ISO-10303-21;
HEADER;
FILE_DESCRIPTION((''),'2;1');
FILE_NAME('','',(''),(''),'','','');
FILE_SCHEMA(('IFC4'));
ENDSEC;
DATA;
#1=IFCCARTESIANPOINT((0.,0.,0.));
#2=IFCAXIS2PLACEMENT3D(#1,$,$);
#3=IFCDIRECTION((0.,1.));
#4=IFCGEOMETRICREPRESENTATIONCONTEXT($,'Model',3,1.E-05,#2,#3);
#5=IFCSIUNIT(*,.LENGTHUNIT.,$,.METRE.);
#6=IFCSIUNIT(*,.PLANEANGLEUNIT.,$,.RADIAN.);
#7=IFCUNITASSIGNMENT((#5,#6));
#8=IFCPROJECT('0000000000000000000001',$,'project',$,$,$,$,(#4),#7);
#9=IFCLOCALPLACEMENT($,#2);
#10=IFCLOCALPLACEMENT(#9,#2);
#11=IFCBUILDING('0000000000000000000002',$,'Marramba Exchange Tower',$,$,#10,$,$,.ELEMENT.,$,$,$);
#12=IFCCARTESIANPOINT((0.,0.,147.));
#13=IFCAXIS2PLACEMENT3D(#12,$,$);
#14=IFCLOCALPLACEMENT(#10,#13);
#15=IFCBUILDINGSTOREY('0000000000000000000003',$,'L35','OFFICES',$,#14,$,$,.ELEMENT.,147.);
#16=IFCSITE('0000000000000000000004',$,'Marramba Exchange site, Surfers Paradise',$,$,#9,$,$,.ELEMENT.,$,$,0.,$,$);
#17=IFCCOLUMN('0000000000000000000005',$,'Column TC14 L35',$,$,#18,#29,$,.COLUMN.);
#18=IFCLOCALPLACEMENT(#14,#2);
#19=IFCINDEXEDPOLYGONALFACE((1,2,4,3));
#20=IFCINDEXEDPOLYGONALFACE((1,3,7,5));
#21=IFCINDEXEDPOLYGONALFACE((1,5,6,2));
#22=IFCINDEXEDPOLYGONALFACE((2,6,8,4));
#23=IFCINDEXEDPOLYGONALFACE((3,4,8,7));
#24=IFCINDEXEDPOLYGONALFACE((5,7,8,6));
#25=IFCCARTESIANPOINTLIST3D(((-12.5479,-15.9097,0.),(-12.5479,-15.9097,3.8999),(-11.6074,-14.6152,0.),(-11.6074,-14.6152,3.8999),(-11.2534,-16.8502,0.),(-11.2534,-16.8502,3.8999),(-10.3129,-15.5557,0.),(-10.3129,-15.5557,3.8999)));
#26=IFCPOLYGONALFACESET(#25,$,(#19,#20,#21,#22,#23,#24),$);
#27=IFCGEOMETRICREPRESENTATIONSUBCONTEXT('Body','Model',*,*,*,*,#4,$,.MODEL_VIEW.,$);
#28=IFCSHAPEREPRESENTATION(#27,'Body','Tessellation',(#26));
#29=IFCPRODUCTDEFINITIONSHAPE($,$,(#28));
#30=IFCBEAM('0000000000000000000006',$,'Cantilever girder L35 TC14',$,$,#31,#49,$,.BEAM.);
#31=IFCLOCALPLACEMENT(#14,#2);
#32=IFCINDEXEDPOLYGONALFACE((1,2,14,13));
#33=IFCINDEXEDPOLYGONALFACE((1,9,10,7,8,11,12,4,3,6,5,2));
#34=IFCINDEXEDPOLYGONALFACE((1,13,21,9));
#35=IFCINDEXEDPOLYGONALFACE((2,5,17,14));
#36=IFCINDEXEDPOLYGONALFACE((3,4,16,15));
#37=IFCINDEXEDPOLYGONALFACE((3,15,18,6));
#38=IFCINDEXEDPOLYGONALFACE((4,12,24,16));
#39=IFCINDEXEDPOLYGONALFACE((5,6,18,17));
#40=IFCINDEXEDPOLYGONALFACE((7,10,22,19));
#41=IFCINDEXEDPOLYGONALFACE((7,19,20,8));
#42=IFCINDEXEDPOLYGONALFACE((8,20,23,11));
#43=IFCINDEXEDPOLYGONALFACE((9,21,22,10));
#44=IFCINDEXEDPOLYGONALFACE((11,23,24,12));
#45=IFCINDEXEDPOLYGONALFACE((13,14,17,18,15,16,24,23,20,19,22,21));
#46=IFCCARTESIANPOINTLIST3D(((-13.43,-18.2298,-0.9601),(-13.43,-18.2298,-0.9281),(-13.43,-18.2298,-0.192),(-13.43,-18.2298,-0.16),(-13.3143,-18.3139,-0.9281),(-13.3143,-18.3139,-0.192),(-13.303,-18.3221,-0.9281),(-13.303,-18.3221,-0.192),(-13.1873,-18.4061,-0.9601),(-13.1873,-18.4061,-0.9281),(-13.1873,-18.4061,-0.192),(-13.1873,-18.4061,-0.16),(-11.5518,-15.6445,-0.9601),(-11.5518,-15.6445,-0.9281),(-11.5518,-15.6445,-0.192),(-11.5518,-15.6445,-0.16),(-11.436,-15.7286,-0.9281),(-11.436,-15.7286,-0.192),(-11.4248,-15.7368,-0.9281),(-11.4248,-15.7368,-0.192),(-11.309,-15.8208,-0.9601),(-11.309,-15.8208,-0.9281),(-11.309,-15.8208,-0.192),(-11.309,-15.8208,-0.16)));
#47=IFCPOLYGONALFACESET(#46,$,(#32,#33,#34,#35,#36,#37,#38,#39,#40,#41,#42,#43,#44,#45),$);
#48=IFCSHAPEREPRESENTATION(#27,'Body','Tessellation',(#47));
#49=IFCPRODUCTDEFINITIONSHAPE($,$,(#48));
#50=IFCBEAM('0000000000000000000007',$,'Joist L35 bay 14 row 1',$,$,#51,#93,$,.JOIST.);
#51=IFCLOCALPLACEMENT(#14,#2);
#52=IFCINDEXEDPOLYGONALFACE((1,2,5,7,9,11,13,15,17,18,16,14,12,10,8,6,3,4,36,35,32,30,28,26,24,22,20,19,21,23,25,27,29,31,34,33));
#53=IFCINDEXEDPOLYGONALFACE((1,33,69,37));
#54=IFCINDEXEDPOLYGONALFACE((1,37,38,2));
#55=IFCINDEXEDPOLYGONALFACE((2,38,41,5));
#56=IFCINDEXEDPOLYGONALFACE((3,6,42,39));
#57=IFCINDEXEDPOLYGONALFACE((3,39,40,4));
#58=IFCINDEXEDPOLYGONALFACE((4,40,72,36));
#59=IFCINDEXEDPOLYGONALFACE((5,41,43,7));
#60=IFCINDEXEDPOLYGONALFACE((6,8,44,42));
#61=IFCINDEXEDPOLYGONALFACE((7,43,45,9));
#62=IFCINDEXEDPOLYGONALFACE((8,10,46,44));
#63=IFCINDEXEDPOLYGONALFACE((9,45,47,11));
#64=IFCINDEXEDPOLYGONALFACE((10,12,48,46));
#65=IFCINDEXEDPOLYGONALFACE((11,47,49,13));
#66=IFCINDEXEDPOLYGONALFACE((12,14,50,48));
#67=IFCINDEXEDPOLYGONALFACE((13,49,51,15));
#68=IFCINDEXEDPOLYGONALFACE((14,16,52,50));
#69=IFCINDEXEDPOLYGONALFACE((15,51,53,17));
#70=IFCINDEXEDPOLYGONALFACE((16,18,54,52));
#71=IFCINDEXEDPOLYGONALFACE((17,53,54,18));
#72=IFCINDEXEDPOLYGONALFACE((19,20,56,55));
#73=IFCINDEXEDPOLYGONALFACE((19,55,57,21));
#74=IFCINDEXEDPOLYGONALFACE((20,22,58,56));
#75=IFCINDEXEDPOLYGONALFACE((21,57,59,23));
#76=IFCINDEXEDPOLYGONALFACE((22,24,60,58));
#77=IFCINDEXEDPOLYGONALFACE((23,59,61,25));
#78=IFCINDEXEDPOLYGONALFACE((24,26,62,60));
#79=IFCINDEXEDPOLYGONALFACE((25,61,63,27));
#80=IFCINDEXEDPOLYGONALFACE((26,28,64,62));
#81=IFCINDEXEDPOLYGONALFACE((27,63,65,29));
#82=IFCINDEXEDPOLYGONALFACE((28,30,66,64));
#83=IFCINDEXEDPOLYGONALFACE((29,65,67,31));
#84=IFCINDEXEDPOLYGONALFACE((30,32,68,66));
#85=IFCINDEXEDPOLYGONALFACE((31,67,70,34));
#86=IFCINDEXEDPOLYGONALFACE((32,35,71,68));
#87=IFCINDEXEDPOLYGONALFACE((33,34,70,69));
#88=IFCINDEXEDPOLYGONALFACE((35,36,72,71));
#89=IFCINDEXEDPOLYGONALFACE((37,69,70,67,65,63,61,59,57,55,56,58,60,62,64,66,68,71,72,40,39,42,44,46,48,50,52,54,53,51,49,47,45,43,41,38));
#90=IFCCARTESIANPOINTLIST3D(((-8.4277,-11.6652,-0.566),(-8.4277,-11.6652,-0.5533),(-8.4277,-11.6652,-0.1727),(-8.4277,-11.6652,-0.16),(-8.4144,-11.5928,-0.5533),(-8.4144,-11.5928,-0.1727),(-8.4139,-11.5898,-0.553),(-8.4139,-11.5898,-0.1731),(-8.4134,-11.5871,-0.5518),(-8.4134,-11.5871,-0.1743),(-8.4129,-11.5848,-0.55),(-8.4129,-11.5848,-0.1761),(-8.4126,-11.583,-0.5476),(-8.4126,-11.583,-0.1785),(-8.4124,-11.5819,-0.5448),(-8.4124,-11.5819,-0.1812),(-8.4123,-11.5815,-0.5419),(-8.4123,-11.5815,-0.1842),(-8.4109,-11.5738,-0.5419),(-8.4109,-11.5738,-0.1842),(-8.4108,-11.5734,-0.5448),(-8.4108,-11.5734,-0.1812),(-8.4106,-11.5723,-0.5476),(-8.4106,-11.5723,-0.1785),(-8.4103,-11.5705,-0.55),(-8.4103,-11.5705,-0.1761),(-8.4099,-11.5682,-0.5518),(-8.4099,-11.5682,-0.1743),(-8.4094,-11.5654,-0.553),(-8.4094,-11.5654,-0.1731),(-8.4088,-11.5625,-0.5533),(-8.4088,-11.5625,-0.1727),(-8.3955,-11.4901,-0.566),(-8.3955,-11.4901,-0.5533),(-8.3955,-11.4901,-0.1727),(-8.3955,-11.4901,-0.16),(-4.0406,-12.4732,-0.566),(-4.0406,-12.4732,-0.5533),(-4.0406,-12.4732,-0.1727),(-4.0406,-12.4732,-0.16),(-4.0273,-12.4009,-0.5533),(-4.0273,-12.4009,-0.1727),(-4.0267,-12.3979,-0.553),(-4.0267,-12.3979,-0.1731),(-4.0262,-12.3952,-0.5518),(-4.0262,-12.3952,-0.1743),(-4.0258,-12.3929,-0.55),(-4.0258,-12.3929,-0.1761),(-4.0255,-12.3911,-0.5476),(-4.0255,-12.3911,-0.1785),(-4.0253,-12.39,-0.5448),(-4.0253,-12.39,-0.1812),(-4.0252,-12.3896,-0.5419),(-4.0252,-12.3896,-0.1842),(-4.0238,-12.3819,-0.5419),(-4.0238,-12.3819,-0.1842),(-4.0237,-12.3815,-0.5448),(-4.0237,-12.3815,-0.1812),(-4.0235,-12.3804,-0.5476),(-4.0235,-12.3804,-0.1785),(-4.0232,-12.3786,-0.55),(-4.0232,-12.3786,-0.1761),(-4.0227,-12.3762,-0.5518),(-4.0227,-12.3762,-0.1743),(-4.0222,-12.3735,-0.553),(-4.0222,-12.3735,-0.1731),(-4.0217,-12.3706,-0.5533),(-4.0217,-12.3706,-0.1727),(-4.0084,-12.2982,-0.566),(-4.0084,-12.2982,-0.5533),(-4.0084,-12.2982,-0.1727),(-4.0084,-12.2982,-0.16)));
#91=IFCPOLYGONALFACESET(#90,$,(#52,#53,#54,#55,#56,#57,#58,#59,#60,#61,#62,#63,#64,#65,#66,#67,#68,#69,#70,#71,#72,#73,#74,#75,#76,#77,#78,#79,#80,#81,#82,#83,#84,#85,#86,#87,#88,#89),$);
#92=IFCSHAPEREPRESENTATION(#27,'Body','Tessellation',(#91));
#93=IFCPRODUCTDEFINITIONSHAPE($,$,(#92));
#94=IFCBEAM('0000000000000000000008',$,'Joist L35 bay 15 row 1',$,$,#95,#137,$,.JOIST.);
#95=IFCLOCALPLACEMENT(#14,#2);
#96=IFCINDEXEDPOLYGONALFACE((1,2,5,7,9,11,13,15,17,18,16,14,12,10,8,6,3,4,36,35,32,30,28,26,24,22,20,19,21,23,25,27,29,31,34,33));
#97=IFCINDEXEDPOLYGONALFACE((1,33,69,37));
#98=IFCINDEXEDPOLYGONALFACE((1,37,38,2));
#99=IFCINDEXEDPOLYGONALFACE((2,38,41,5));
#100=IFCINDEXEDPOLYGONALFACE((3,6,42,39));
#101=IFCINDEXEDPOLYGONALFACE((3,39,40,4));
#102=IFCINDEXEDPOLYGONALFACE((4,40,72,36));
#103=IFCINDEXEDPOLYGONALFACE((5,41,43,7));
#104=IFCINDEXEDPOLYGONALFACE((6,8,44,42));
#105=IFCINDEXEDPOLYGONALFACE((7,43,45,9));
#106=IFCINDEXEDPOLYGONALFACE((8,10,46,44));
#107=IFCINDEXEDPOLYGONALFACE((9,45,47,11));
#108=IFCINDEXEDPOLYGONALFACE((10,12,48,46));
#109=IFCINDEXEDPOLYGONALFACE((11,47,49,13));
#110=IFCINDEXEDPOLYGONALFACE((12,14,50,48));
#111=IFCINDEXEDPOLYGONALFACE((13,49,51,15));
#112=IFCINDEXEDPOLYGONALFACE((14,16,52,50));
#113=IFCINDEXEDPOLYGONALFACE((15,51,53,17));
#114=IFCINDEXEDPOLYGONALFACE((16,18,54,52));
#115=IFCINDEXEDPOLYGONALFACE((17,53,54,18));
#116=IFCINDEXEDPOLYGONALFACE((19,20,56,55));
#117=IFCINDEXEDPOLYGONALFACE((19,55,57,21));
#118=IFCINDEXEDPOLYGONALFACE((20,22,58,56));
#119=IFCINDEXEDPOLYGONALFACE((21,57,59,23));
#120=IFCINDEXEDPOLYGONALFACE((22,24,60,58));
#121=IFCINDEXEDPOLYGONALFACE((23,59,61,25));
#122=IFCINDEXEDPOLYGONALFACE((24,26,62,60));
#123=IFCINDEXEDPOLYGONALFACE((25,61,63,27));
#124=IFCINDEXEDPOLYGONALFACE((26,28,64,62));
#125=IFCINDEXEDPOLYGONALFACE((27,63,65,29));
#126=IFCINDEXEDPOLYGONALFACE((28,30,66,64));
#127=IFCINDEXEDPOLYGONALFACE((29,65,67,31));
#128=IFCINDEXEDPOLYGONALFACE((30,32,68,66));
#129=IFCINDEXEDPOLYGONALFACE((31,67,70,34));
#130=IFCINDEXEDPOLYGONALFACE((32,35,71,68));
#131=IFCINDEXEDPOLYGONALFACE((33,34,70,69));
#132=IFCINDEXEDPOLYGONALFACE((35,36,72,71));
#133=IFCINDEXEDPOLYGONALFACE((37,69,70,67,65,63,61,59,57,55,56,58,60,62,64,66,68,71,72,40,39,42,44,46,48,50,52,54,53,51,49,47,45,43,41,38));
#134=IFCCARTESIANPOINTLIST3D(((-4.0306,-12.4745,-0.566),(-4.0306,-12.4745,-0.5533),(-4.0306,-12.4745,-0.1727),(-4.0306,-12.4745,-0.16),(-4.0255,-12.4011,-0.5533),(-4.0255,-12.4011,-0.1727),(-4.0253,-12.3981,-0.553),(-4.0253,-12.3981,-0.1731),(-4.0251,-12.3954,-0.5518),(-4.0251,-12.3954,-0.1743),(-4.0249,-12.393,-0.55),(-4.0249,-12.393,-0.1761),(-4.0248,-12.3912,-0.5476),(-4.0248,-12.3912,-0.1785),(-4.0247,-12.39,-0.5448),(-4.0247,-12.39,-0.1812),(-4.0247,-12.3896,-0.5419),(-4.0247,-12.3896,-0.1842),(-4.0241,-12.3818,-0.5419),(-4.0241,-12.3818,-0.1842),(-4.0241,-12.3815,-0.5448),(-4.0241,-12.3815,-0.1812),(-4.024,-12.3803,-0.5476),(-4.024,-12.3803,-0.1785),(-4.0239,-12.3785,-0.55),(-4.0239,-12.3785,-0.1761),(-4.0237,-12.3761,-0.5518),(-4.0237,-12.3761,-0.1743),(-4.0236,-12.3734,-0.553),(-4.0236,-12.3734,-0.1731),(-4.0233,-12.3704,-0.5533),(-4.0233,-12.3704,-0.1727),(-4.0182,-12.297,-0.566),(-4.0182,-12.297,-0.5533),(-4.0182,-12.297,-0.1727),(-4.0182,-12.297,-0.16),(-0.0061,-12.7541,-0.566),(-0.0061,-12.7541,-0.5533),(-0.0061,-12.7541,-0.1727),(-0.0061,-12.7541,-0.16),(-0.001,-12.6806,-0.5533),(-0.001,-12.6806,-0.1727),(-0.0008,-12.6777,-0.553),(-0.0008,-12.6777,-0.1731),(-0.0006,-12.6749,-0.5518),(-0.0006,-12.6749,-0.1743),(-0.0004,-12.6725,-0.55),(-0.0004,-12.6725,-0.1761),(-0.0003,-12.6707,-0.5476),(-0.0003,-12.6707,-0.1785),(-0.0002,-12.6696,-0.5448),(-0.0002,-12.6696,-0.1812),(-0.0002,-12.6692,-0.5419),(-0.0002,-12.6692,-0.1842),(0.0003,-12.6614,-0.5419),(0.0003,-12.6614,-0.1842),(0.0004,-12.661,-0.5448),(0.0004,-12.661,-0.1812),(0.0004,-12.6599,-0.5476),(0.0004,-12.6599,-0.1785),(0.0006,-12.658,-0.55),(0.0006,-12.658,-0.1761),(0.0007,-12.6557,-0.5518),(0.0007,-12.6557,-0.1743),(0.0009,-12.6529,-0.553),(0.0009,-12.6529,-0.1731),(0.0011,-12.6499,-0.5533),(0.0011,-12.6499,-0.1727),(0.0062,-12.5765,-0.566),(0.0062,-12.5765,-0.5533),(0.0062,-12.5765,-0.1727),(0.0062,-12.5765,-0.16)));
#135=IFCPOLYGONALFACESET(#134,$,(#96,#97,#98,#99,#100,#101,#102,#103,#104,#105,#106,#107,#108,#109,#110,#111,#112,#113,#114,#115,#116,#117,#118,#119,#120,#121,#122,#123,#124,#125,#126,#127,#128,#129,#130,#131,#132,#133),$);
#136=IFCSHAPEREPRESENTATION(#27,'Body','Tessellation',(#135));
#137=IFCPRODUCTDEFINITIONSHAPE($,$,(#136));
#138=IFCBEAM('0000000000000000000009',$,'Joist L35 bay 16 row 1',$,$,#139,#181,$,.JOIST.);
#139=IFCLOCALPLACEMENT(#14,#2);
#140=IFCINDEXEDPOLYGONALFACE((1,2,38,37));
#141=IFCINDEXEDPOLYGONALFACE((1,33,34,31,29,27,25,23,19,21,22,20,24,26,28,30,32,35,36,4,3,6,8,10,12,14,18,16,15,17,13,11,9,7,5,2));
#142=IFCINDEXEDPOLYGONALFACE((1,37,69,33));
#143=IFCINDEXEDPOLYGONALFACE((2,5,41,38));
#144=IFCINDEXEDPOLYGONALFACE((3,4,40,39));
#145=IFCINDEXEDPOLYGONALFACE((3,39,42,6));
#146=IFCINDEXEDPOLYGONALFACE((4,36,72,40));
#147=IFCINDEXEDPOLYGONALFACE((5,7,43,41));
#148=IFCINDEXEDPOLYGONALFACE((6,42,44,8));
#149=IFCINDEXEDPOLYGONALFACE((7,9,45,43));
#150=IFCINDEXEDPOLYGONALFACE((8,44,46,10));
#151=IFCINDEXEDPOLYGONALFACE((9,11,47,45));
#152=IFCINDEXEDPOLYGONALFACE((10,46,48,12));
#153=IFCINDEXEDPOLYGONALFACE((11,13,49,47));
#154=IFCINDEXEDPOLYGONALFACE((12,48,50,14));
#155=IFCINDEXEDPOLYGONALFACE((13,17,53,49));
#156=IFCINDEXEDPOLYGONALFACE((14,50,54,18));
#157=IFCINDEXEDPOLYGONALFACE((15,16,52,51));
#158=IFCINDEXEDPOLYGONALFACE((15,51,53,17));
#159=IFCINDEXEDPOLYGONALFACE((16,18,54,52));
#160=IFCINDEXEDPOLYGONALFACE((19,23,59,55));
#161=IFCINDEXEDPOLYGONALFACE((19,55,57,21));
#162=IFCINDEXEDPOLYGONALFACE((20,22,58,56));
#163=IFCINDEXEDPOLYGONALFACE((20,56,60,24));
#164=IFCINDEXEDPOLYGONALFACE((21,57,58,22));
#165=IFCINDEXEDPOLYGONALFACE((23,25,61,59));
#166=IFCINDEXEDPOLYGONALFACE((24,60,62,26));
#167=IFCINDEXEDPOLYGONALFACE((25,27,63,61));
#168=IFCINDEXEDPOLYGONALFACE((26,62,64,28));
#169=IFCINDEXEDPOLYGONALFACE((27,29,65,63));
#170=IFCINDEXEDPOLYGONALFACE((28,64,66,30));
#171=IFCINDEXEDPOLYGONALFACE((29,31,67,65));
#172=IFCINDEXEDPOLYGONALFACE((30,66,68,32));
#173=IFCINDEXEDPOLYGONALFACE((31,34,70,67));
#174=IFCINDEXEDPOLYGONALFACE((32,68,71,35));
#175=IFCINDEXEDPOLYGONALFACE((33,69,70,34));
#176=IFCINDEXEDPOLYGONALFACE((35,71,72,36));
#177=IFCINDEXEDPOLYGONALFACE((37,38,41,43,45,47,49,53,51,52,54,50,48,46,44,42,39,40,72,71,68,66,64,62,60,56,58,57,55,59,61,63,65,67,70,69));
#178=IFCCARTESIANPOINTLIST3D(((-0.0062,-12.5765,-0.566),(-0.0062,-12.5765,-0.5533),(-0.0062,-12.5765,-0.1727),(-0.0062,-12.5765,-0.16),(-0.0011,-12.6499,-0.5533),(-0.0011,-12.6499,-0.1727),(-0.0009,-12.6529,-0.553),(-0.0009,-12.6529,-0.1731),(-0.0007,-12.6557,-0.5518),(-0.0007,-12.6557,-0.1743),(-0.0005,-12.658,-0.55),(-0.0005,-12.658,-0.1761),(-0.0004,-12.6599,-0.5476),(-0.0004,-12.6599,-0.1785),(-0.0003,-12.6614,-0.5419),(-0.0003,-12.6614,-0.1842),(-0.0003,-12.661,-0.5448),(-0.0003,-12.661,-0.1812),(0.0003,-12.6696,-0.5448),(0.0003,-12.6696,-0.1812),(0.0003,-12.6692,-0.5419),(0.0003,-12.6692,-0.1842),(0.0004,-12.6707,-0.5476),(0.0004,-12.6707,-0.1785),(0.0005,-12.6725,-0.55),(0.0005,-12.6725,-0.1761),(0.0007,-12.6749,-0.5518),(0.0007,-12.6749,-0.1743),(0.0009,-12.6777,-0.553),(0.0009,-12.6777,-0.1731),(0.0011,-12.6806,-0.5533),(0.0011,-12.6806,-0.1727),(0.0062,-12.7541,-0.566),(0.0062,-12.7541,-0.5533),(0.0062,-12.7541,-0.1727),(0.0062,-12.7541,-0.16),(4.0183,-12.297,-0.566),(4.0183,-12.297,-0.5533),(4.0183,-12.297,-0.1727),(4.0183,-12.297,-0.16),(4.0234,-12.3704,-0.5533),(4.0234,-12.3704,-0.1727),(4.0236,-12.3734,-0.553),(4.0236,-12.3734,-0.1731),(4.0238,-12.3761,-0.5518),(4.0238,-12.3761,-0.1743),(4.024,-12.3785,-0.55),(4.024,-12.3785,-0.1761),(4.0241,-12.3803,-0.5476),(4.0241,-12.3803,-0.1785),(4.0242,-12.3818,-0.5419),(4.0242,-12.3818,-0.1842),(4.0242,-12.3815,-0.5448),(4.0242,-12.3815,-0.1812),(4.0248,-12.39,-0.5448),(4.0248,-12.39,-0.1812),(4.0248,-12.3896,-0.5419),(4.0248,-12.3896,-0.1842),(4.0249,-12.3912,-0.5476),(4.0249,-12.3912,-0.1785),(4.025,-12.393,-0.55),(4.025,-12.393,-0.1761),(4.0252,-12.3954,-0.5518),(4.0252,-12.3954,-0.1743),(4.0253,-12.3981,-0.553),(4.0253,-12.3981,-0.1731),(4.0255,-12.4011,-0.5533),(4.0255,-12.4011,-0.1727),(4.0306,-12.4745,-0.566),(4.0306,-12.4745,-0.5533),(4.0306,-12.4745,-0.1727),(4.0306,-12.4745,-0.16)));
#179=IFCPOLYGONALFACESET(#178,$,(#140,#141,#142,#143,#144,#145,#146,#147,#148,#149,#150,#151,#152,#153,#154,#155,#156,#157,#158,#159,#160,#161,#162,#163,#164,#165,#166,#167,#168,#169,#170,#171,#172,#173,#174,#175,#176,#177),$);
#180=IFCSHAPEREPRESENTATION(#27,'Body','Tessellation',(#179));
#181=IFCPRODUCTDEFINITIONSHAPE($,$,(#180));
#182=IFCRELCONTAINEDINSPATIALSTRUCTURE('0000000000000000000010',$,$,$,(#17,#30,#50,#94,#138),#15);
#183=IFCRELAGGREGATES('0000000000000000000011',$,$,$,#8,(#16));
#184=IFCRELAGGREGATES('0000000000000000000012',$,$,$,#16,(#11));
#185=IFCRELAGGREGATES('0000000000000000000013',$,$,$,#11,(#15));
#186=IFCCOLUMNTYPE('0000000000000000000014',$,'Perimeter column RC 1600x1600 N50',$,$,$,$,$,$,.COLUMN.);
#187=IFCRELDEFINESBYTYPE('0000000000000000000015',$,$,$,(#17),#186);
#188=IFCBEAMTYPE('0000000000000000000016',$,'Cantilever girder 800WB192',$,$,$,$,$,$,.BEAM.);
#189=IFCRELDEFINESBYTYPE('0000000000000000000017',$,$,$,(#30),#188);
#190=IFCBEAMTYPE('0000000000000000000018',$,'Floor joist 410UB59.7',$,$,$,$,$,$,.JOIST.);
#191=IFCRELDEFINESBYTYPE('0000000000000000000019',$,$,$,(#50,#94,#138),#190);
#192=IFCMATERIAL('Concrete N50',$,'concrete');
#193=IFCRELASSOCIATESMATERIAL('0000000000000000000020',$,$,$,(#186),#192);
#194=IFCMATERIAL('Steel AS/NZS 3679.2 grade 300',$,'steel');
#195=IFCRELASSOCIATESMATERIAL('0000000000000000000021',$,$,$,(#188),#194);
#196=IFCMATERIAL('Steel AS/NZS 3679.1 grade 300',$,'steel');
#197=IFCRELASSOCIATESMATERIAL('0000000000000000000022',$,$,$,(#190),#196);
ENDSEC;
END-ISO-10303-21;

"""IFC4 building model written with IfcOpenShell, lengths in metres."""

from ifc_helpers import new_model, si_unit, direction, frame, origin, origin_2d, place, context, subcontext, project, spatial, rectangle, i_section, extrude, material, material_profile, profile_set, type_object, element, save


model = new_model("IFC4")

# Units and contexts
model_context = context("Model", 3, precision=1e-05, world=origin(), true_north=direction((0.0, 1.0)))
body_context = subcontext(model_context, "Body", "Model", "MODEL_VIEW")
ifc_project = project(units=[si_unit("LENGTHUNIT", "METRE"), si_unit("PLANEANGLEUNIT", "RADIAN")], contexts=[model_context])

# Site, building, storey
site_placement = place(None, origin())
site = spatial("IfcSite", under=ifc_project, at=site_placement, Name="Marramba Exchange site, Surfers Paradise", CompositionType="ELEMENT", RefElevation=0.0)
building_placement = place(site_placement, origin())
building = spatial("IfcBuilding", under=site, at=building_placement, Name="Marramba Exchange Tower", CompositionType="ELEMENT")
storey_placement = place(building_placement, frame((0.0, 0.0, 147.0)))
storey = spatial("IfcBuildingStorey", under=building, at=storey_placement, Name="L35", Description="OFFICES", CompositionType="ELEMENT", Elevation=147.0)

# Column
ifc_material_1 = material(Name="Concrete N50", Category="concrete")
ifc_material_profile_1 = material_profile(ifc_material_1, rectangle(XDim=1.6001, YDim=1.6001, at=origin_2d()), Name="RC 1600x1600")
ifc_profile_set_1 = profile_set([ifc_material_profile_1], Name="Concrete N50")
column_type = type_object("IfcColumnType", Name="Perimeter column RC 1600x1600 N50", PredefinedType="COLUMN", material=ifc_profile_set_1)
column_placement = place(storey_placement, frame((-11.4304, -15.7327, 0.0), z_axis=(0.0, 0.0, 1.0), x_axis=(-0.587785, -0.809017, 0.0)))
element("IfcColumn", 1, at=column_placement, inside=storey, type_object=column_type, Name="Column TC14 L35", PredefinedType="COLUMN", context=body_context, shape_type="SweptSolid", body=[
    extrude(rectangle(XDim=1.6001, YDim=1.6001, at=origin_2d()), origin(), (0.0, 0.0, 1.0), 3.8999),
])

# Beams
ifc_material_2 = material(Name="Steel AS/NZS 3679.2 grade 300", Category="steel")
ifc_material_profile_2 = material_profile(ifc_material_2, i_section(OverallWidth=0.3, OverallDepth=0.8, WebThickness=0.0139, FlangeThickness=0.032, at=origin_2d()), Name="800WB192")
ifc_profile_set_2 = profile_set([ifc_material_profile_2], Name="Steel AS/NZS 3679.2 grade 300")
beam_type_1 = type_object("IfcBeamType", Name="Cantilever girder 800WB192", PredefinedType="BEAM", material=ifc_profile_set_2)
beam_1_placement = place(storey_placement, frame((-11.4304, -15.7327, -0.5601), z_axis=(-0.587767, -0.80903, 0.0), x_axis=(0.80903, -0.587767, 0.0)))
element("IfcBeam", 2, at=beam_1_placement, inside=storey, type_object=beam_type_1, Name="Cantilever girder L35 TC14", PredefinedType="BEAM", context=body_context, shape_type="SweptSolid", body=[
    extrude(i_section(OverallWidth=0.3, OverallDepth=0.8, WebThickness=0.0139, FlangeThickness=0.032, at=origin_2d()), origin(), (0.0, 0.0, 1.0), 3.1956),
])
ifc_material_3 = material(Name="Steel AS/NZS 3679.1 grade 300", Category="steel")
ifc_material_profile_3 = material_profile(ifc_material_3, i_section(OverallWidth=0.178, OverallDepth=0.406, WebThickness=0.0078, FlangeThickness=0.0127, FilletRadius=0.0115, at=origin_2d()), Name="410UB59.7")
ifc_profile_set_3 = profile_set([ifc_material_profile_3], Name="Steel AS/NZS 3679.1 grade 300")
beam_type_2 = type_object("IfcBeamType", Name="Floor joist 410UB59.7", PredefinedType="JOIST", material=ifc_profile_set_3)
beam_2_placement = place(storey_placement, frame((-8.4116, -11.5776, -0.363), z_axis=(0.983456, -0.181149, 0.0), x_axis=(0.181149, 0.983456, 0.0)))
element("IfcBeam", 3, at=beam_2_placement, inside=storey, type_object=beam_type_2, Name="Joist L35 bay 14 row 1", PredefinedType="JOIST", context=body_context, shape_type="SweptSolid", body=[
    extrude(i_section(OverallWidth=0.178, OverallDepth=0.406, WebThickness=0.0078, FlangeThickness=0.0127, FilletRadius=0.0115, at=origin_2d()), origin(), (0.0, 0.0, 1.0), 4.4609),
])
for number, where, z_axis, x_axis, name in (
    (4, (-4.0244, -12.3857, -0.363), (0.997596, -0.069294, 0.0), (0.069294, 0.997596, 0.0), "Joist L35 bay 15 row 1"),
    (5, (0.0, -12.6653, -0.363), (0.997596, 0.069294, 0.0), (-0.069294, 0.997596, 0.0), "Joist L35 bay 16 row 1"),
):
    element("IfcBeam", number, at=place(storey_placement, frame(where, z_axis=z_axis, x_axis=x_axis)), inside=storey, type_object=beam_type_2, Name=name, PredefinedType="JOIST", context=body_context, shape_type="SweptSolid", body=[
        extrude(i_section(OverallWidth=0.178, OverallDepth=0.406, WebThickness=0.0078, FlangeThickness=0.0127, FilletRadius=0.0115, at=origin_2d()), origin(), (0.0, 0.0, 1.0), 4.0342),
    ])

save(model, "model.ifc")
